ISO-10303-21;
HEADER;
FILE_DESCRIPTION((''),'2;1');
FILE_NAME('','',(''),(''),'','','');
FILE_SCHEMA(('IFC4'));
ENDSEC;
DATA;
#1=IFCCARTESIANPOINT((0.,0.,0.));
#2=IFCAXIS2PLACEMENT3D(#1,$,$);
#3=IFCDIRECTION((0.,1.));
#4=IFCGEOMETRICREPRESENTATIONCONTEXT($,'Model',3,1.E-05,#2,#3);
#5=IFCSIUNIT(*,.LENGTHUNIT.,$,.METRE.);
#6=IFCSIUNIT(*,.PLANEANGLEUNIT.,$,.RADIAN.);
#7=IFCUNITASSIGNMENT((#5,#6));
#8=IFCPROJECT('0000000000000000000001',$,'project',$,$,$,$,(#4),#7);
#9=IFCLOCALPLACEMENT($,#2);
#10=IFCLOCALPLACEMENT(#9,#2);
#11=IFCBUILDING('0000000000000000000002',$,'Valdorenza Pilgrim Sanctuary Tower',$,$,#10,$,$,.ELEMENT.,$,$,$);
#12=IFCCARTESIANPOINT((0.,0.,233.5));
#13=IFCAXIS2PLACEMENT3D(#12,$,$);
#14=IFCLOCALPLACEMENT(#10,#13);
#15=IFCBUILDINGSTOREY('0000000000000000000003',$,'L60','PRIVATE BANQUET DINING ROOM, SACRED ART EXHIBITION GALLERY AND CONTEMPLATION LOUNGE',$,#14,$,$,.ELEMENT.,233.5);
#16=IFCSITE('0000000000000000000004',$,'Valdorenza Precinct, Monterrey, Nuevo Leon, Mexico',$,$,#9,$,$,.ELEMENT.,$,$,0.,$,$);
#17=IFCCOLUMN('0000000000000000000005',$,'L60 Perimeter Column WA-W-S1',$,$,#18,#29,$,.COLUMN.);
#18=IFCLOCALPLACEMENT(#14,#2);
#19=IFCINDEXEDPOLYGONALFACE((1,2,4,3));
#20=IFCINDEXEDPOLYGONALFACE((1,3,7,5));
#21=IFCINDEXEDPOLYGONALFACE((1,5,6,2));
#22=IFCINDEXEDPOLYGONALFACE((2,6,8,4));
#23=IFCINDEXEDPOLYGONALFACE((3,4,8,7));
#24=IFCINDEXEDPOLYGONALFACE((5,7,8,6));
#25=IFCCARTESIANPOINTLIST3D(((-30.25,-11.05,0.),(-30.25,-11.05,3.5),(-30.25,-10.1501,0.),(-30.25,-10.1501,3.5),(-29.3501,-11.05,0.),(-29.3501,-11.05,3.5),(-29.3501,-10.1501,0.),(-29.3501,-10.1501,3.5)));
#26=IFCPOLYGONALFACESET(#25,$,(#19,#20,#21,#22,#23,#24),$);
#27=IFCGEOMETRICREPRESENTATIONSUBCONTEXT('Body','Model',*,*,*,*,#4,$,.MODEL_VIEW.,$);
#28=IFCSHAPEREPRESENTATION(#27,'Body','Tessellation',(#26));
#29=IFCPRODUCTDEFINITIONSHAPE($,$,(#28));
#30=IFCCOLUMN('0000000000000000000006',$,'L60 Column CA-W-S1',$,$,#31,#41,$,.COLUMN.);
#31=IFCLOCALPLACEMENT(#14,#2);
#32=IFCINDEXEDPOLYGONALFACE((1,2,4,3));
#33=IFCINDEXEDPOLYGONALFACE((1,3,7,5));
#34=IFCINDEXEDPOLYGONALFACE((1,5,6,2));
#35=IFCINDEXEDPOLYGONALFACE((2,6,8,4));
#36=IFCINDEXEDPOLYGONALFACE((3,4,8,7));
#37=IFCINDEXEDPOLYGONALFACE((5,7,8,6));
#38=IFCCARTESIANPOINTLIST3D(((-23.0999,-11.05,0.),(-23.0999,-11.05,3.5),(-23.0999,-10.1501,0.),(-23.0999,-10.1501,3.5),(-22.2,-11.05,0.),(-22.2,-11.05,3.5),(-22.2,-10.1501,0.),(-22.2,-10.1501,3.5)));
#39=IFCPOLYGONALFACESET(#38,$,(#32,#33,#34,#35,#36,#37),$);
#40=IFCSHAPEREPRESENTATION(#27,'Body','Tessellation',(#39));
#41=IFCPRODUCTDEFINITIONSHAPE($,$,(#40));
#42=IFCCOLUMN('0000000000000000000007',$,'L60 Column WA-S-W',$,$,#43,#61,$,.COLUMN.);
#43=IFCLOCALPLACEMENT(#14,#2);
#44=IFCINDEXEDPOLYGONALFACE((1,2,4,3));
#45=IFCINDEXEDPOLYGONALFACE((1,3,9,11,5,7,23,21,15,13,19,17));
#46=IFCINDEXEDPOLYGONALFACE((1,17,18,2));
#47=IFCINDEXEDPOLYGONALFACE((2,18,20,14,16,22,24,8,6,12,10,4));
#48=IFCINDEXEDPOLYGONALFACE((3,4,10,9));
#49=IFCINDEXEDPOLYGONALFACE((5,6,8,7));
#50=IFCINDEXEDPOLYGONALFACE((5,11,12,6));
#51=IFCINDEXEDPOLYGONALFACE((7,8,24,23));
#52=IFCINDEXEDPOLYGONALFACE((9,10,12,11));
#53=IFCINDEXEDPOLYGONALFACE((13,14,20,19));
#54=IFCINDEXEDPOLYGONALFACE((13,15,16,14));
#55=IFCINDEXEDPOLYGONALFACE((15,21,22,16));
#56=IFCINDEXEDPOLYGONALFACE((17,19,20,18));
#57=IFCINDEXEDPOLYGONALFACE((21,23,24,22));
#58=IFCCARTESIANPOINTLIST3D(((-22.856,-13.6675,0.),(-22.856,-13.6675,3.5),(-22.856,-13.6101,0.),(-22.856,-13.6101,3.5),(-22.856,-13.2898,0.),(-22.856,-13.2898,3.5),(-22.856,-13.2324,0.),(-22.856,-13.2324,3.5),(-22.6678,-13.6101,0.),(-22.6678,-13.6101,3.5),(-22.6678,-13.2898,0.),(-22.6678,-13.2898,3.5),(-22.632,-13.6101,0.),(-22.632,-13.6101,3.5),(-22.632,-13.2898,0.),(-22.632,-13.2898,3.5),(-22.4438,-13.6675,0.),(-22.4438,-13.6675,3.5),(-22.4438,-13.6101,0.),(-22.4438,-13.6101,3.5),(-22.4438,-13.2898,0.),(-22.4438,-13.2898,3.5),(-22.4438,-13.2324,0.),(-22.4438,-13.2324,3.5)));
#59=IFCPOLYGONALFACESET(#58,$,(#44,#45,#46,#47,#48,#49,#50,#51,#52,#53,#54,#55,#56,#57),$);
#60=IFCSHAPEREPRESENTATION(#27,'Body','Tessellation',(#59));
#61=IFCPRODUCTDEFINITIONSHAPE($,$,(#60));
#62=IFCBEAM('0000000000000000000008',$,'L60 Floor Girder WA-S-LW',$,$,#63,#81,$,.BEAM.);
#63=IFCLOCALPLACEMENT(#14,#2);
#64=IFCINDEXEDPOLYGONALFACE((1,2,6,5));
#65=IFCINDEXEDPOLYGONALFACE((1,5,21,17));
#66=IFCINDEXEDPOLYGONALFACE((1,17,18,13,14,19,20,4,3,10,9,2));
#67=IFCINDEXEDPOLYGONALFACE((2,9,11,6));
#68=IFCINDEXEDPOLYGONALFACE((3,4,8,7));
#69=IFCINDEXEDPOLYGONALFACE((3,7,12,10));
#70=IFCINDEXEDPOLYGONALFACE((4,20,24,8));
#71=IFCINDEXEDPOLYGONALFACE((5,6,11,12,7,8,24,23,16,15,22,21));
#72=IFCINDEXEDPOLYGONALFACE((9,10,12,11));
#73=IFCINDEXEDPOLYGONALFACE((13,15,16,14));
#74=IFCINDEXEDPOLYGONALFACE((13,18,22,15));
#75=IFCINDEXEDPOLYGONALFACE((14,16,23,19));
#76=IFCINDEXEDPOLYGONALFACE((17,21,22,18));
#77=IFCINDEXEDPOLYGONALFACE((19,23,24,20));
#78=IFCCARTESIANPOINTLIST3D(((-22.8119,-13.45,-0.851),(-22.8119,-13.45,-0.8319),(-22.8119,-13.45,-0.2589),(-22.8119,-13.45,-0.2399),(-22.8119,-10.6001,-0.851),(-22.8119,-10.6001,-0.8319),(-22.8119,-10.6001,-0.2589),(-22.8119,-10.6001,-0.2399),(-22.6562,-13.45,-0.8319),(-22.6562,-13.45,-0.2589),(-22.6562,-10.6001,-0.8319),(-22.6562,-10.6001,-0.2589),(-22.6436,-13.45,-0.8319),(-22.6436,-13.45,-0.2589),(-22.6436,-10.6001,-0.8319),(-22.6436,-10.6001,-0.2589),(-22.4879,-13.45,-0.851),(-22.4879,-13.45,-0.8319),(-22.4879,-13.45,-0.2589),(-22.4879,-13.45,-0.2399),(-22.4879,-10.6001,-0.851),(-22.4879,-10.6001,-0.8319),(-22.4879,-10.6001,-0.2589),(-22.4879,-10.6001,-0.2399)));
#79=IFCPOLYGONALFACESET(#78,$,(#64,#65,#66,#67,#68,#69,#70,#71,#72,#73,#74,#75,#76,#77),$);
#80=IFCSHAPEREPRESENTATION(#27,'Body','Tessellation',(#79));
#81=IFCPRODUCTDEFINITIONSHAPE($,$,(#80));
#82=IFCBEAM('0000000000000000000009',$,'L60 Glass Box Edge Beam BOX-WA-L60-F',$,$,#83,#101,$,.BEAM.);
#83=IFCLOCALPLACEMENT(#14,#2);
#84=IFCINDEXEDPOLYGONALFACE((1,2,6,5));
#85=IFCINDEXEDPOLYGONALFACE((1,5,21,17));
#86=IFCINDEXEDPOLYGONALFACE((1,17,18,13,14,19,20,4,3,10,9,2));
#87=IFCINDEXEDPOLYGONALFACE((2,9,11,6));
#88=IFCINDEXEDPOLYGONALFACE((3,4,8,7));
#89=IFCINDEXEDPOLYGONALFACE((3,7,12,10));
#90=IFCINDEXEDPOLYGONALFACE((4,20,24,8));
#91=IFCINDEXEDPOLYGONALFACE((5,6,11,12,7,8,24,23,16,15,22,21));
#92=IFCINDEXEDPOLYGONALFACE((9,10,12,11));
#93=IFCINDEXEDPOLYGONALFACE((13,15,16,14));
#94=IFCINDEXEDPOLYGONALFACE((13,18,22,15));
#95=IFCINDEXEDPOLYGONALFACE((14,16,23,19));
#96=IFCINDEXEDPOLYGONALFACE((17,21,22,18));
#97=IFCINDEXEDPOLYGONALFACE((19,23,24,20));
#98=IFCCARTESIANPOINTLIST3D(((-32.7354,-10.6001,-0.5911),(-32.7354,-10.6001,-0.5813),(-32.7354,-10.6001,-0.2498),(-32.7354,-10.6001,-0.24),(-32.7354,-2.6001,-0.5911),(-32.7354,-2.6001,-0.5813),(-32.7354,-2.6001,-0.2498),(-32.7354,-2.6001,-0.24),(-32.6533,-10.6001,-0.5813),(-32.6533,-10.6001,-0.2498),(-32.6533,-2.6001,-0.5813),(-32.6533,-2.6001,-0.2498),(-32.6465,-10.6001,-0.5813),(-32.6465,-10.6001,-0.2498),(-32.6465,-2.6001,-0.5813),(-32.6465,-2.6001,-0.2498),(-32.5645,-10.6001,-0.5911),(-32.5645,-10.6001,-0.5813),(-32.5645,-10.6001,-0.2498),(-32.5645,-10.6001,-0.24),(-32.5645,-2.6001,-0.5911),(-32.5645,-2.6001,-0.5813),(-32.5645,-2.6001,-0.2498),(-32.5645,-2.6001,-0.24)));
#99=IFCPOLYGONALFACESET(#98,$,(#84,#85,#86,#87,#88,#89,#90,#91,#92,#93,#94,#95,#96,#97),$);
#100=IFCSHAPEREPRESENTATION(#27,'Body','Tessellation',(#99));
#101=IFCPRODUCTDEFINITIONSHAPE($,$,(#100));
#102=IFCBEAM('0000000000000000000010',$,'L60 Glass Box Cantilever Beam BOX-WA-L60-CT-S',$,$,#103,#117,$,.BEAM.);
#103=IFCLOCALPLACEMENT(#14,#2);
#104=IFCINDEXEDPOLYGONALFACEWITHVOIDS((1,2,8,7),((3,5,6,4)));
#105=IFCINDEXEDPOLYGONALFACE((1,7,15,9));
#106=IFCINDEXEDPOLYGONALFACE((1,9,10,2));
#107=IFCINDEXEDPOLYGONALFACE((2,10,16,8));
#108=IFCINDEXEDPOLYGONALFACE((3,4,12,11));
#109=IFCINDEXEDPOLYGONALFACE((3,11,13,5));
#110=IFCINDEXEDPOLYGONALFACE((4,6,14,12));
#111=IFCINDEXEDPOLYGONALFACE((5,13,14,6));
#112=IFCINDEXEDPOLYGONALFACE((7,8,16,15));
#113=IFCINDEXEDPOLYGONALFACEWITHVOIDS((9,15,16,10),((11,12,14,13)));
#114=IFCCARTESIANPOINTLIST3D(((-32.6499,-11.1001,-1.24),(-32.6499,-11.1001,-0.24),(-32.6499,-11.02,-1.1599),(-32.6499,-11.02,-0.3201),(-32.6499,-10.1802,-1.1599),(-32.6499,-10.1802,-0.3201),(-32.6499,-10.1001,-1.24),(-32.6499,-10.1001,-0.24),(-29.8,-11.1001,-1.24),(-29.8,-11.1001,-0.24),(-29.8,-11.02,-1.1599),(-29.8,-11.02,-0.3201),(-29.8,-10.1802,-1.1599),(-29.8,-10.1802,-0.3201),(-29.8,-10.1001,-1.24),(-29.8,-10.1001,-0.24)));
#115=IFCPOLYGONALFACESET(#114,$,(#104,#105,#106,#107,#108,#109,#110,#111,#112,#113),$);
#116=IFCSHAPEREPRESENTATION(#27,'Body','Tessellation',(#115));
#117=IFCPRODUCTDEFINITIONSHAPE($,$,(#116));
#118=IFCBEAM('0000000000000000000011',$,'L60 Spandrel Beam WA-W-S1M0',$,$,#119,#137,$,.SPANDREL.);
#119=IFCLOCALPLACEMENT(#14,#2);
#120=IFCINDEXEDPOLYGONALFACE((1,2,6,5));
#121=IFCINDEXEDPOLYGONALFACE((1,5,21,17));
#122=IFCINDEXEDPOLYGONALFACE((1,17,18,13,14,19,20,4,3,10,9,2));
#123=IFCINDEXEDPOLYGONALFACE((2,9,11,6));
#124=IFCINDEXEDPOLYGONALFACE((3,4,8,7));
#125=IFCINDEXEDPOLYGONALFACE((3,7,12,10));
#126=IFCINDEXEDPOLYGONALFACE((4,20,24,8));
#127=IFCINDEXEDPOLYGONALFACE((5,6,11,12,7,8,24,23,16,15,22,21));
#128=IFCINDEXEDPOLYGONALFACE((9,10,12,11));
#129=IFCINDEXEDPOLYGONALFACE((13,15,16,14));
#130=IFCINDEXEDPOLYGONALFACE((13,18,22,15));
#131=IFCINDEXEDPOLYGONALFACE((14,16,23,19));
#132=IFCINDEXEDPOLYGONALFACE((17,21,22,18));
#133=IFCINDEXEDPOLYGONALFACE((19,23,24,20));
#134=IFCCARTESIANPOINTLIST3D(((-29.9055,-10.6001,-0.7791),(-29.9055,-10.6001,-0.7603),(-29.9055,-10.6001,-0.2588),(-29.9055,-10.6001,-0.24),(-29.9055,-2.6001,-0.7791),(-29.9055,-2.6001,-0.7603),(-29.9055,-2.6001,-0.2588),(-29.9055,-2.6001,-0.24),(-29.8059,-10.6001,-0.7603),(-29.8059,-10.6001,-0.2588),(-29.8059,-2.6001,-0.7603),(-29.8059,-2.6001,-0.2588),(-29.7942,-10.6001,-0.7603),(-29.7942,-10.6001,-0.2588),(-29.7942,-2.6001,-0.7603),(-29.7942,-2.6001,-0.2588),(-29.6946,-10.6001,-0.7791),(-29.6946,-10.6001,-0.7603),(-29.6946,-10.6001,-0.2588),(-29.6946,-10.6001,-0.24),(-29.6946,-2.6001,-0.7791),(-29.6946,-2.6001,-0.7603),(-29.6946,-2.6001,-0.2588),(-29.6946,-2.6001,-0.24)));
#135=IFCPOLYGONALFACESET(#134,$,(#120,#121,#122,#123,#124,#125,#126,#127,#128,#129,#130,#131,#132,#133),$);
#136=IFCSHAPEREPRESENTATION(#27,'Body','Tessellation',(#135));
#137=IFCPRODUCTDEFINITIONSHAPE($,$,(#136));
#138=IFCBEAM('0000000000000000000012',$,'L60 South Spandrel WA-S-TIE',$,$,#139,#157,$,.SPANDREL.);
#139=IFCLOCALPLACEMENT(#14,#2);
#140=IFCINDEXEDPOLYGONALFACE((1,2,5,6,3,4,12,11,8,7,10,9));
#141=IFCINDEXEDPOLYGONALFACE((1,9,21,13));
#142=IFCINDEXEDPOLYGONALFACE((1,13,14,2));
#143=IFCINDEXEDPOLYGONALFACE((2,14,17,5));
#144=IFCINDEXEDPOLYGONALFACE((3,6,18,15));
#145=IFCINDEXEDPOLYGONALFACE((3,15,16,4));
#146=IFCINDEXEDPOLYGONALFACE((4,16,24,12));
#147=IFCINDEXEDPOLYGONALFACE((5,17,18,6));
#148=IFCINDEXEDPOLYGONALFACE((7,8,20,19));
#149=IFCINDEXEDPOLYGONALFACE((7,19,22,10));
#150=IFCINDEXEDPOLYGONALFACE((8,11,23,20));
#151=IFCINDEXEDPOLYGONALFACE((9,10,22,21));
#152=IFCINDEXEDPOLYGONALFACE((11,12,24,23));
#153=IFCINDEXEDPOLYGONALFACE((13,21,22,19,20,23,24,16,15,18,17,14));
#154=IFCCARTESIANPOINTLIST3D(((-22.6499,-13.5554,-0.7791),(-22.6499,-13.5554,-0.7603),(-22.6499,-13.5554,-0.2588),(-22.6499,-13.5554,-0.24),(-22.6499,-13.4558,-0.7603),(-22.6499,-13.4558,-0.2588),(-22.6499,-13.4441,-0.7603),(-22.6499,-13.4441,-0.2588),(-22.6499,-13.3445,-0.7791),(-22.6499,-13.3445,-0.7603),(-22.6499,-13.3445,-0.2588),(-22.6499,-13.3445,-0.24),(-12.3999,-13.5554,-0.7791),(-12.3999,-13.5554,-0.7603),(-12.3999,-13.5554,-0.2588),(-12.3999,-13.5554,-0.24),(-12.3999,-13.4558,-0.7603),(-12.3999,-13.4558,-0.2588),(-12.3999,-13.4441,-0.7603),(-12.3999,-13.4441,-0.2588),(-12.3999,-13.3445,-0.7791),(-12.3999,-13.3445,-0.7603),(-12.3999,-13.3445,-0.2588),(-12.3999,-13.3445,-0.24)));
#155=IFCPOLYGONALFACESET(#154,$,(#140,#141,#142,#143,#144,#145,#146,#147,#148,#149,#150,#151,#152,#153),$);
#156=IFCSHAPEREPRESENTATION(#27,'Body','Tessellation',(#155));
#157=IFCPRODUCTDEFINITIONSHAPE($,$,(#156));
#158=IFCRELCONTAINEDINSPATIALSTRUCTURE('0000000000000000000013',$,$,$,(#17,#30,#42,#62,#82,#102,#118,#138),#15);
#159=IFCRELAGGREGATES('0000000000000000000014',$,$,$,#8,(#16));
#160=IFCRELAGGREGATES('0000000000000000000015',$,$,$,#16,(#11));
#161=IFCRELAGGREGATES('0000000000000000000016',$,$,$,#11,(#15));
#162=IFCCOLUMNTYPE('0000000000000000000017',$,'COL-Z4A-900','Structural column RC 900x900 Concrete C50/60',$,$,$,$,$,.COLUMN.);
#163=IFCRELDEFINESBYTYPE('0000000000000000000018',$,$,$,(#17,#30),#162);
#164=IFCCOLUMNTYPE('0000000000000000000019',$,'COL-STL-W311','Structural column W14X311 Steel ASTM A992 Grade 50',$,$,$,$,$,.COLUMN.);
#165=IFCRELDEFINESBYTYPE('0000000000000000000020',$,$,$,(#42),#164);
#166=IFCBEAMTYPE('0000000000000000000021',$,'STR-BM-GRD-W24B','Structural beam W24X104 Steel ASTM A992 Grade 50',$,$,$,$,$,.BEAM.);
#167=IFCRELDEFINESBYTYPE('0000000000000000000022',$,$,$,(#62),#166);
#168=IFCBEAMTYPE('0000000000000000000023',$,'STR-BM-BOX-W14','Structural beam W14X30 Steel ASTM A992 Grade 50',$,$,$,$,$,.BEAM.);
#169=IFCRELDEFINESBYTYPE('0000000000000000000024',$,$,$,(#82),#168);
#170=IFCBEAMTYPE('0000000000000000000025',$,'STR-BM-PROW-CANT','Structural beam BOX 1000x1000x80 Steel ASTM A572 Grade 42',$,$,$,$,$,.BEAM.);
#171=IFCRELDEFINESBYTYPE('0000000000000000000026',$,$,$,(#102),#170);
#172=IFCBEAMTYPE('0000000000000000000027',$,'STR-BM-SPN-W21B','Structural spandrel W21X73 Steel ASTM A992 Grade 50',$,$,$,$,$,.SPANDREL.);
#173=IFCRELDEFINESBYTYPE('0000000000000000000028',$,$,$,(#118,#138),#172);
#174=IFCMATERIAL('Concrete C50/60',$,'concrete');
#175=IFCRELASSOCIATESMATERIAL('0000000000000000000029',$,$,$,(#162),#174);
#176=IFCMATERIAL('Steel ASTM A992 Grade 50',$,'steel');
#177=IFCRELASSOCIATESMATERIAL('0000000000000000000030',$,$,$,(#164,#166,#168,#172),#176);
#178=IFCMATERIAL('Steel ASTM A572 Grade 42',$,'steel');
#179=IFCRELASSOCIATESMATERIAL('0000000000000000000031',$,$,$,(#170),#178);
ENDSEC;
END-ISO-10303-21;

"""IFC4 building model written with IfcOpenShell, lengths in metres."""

from ifc_helpers import new_model, si_unit, direction, frame, origin, origin_2d, place, context, subcontext, project, spatial, rectangle, hollow_rectangle, i_section, extrude, source, transform, mapped, material, material_profile, profile_set, type_object, element, save


model = new_model("IFC4")

# Units and contexts
model_context = context("Model", 3, precision=1e-05, world=origin(), true_north=direction((0.0, 1.0)))
body_context = subcontext(model_context, "Body", "Model", "MODEL_VIEW")
ifc_project = project(units=[si_unit("LENGTHUNIT", "METRE"), si_unit("PLANEANGLEUNIT", "RADIAN")], contexts=[model_context])

# Site, building, storey
site_placement = place(None, origin())
site = spatial("IfcSite", under=ifc_project, at=site_placement, Name="Valdorenza Precinct, Monterrey, Nuevo Leon, Mexico", CompositionType="ELEMENT", RefElevation=0.0)
building_placement = place(site_placement, origin())
building = spatial("IfcBuilding", under=site, at=building_placement, Name="Valdorenza Pilgrim Sanctuary Tower", CompositionType="ELEMENT")
storey_placement = place(building_placement, frame((0.0, 0.0, 233.5)))
storey = spatial("IfcBuildingStorey", under=building, at=storey_placement, Name="L60", Description="PRIVATE BANQUET DINING ROOM, SACRED ART EXHIBITION GALLERY AND CONTEMPLATION LOUNGE", CompositionType="ELEMENT", Elevation=233.5)

# Columns
ifc_material_1 = material(Name="Concrete C50/60", Category="concrete")
ifc_material_profile_1 = material_profile(ifc_material_1, rectangle(XDim=0.8999, YDim=0.8999, at=origin_2d()), Name="RC 900x900")
ifc_profile_set_1 = profile_set([ifc_material_profile_1], Name="Concrete C50/60")
column_type_1 = type_object("IfcColumnType", Name="COL-Z4A-900", Description="Structural column RC 900x900 Concrete C50/60", PredefinedType="COLUMN", material=ifc_profile_set_1)
shared_shape_1 = source(origin(), body_context, "Body", "SweptSolid", [
    extrude(rectangle(XDim=0.8999, YDim=0.8999, at=origin_2d()), origin(), (0.0, 0.0, 1.0), 3.5),
])
for number, where, z_axis, x_axis, name in (
    (1, (-29.8, -10.6001, 0.0), (0.0, 0.0, 1.0), (1.0, 0.0, 0.0), "L60 Perimeter Column WA-W-S1"),
    (2, (-22.6499, -10.6001, 0.0), (0.0, 0.0, 1.0), (1.0, 0.0, 0.0), "L60 Column CA-W-S1"),
):
    element("IfcColumn", number, at=place(storey_placement, frame(where, z_axis=z_axis, x_axis=x_axis)), inside=storey, type_object=column_type_1, Name=name, PredefinedType="COLUMN", context=body_context, shape_type="MappedRepresentation", body=[
        mapped(shared_shape_1, transform((0.0, 0.0, 0.0), x_axis=(1.0, 0.0, 0.0), y_axis=(0.0, 1.0, 0.0), z_axis=(0.0, 0.0, 1.0), scale=1.0)),
    ])
ifc_material_2 = material(Name="Steel ASTM A992 Grade 50", Category="steel")
ifc_material_profile_2 = material_profile(ifc_material_2, i_section(OverallWidth=0.4121, OverallDepth=0.4351, WebThickness=0.0359, FlangeThickness=0.0574, at=origin_2d()), Name="W14X311")
ifc_profile_set_2 = profile_set([ifc_material_profile_2], Name="Steel ASTM A992 Grade 50")
column_type_2 = type_object("IfcColumnType", Name="COL-STL-W311", Description="Structural column W14X311 Steel ASTM A992 Grade 50", PredefinedType="COLUMN", material=ifc_profile_set_2)
shared_shape_2 = source(origin(), body_context, "Body", "SweptSolid", [
    extrude(i_section(OverallWidth=0.4121, OverallDepth=0.4351, WebThickness=0.0359, FlangeThickness=0.0574, at=origin_2d()), origin(), (0.0, 0.0, 1.0), 3.5),
])
column_placement = place(storey_placement, frame((-22.6499, -13.45, 0.0), z_axis=(0.0, 0.0, 1.0), x_axis=(1.0, 0.0, 0.0)))
element("IfcColumn", 3, at=column_placement, inside=storey, type_object=column_type_2, Name="L60 Column WA-S-W", PredefinedType="COLUMN", context=body_context, shape_type="MappedRepresentation", body=[
    mapped(shared_shape_2, transform((0.0, 0.0, 0.0), x_axis=(1.0, 0.0, 0.0), y_axis=(0.0, 1.0, 0.0), z_axis=(0.0, 0.0, 1.0), scale=1.0)),
])

# Beams
ifc_material_profile_3 = material_profile(ifc_material_2, i_section(OverallWidth=0.324, OverallDepth=0.6111, WebThickness=0.0127, FlangeThickness=0.019, at=origin_2d()), Name="W24X104")
ifc_profile_set_3 = profile_set([ifc_material_profile_3], Name="Steel ASTM A992 Grade 50")
beam_type_1 = type_object("IfcBeamType", Name="STR-BM-GRD-W24B", Description="Structural beam W24X104 Steel ASTM A992 Grade 50", PredefinedType="BEAM", material=ifc_profile_set_3)
shared_shape_3 = source(origin(), body_context, "Body", "SweptSolid", [
    extrude(i_section(OverallWidth=0.324, OverallDepth=0.6111, WebThickness=0.0127, FlangeThickness=0.019, at=origin_2d()), origin(), (0.0, 0.0, 1.0), 2.8499),
])
beam_1_placement = place(storey_placement, frame((-22.6499, -13.45, -0.5454), z_axis=(0.0, 1.0, 0.0), x_axis=(-1.0, 0.0, 0.0)))
element("IfcBeam", 4, at=beam_1_placement, inside=storey, type_object=beam_type_1, Name="L60 Floor Girder WA-S-LW", PredefinedType="BEAM", context=body_context, shape_type="MappedRepresentation", body=[
    mapped(shared_shape_3, transform((0.0, 0.0, 0.0), x_axis=(1.0, 0.0, 0.0), y_axis=(0.0, 1.0, 0.0), z_axis=(0.0, 0.0, 1.0), scale=1.0)),
])
ifc_material_profile_4 = material_profile(ifc_material_2, i_section(OverallWidth=0.1709, OverallDepth=0.3511, WebThickness=0.0068, FlangeThickness=0.0098, at=origin_2d()), Name="W14X30")
ifc_profile_set_4 = profile_set([ifc_material_profile_4], Name="Steel ASTM A992 Grade 50")
beam_type_2 = type_object("IfcBeamType", Name="STR-BM-BOX-W14", Description="Structural beam W14X30 Steel ASTM A992 Grade 50", PredefinedType="BEAM", material=ifc_profile_set_4)
shared_shape_4 = source(origin(), body_context, "Body", "SweptSolid", [
    extrude(i_section(OverallWidth=0.1709, OverallDepth=0.3511, WebThickness=0.0068, FlangeThickness=0.0098, at=origin_2d()), origin(), (0.0, 0.0, 1.0), 8.0),
])
beam_2_placement = place(storey_placement, frame((-32.6499, -10.6001, -0.4155), z_axis=(0.0, 1.0, 0.0), x_axis=(-1.0, 0.0, 0.0)))
element("IfcBeam", 5, at=beam_2_placement, inside=storey, type_object=beam_type_2, Name="L60 Glass Box Edge Beam BOX-WA-L60-F", PredefinedType="BEAM", context=body_context, shape_type="MappedRepresentation", body=[
    mapped(shared_shape_4, transform((0.0, 0.0, 0.0), x_axis=(1.0, 0.0, 0.0), y_axis=(0.0, 1.0, 0.0), z_axis=(0.0, 0.0, 1.0), scale=1.0)),
])
ifc_material_3 = material(Name="Steel ASTM A572 Grade 42", Category="steel")
ifc_material_profile_5 = material_profile(ifc_material_3, hollow_rectangle(XDim=1.0, YDim=1.0, WallThickness=0.0801, at=origin_2d()), Name="BOX 1000x1000x80")
ifc_profile_set_5 = profile_set([ifc_material_profile_5], Name="Steel ASTM A572 Grade 42")
beam_type_3 = type_object("IfcBeamType", Name="STR-BM-PROW-CANT", Description="Structural beam BOX 1000x1000x80 Steel ASTM A572 Grade 42", PredefinedType="BEAM", material=ifc_profile_set_5)
shared_shape_5 = source(origin(), body_context, "Body", "SweptSolid", [
    extrude(hollow_rectangle(XDim=1.0, YDim=1.0, WallThickness=0.0801, at=origin_2d()), origin(), (0.0, 0.0, 1.0), 2.8499),
])
beam_3_placement = place(storey_placement, frame((-29.8, -10.6001, -0.74), z_axis=(-1.0, 0.0, 0.0), x_axis=(0.0, -1.0, 0.0)))
element("IfcBeam", 6, at=beam_3_placement, inside=storey, type_object=beam_type_3, Name="L60 Glass Box Cantilever Beam BOX-WA-L60-CT-S", PredefinedType="BEAM", context=body_context, shape_type="MappedRepresentation", body=[
    mapped(shared_shape_5, transform((0.0, 0.0, 0.0), x_axis=(1.0, 0.0, 0.0), y_axis=(0.0, 1.0, 0.0), z_axis=(0.0, 0.0, 1.0), scale=1.0)),
])
ifc_material_profile_6 = material_profile(ifc_material_2, i_section(OverallWidth=0.2109, OverallDepth=0.5391, WebThickness=0.0117, FlangeThickness=0.0188, at=origin_2d()), Name="W21X73")
ifc_profile_set_6 = profile_set([ifc_material_profile_6], Name="Steel ASTM A992 Grade 50")
beam_type_4 = type_object("IfcBeamType", Name="STR-BM-SPN-W21B", Description="Structural spandrel W21X73 Steel ASTM A992 Grade 50", PredefinedType="SPANDREL", material=ifc_profile_set_6)
shared_shape_6 = source(origin(), body_context, "Body", "SweptSolid", [
    extrude(i_section(OverallWidth=0.2109, OverallDepth=0.5391, WebThickness=0.0117, FlangeThickness=0.0188, at=origin_2d()), origin(), (0.0, 0.0, 1.0), 8.0),
])
beam_4_placement = place(storey_placement, frame((-29.8, -10.6001, -0.5095), z_axis=(0.0, 1.0, 0.0), x_axis=(-1.0, 0.0, 0.0)))
element("IfcBeam", 7, at=beam_4_placement, inside=storey, type_object=beam_type_4, Name="L60 Spandrel Beam WA-W-S1M0", PredefinedType="SPANDREL", context=body_context, shape_type="MappedRepresentation", body=[
    mapped(shared_shape_6, transform((0.0, 0.0, 0.0), x_axis=(1.0, 0.0, 0.0), y_axis=(0.0, 1.0, 0.0), z_axis=(0.0, 0.0, 1.0), scale=1.0)),
])
shared_shape_7 = source(origin(), body_context, "Body", "SweptSolid", [
    extrude(i_section(OverallWidth=0.2109, OverallDepth=0.5391, WebThickness=0.0117, FlangeThickness=0.0188, at=origin_2d()), origin(), (0.0, 0.0, 1.0), 10.25),
])
beam_5_placement = place(storey_placement, frame((-22.6499, -13.45, -0.5095), z_axis=(1.0, 0.0, 0.0), x_axis=(0.0, 1.0, 0.0)))
element("IfcBeam", 8, at=beam_5_placement, inside=storey, type_object=beam_type_4, Name="L60 South Spandrel WA-S-TIE", PredefinedType="SPANDREL", context=body_context, shape_type="MappedRepresentation", body=[
    mapped(shared_shape_7, transform((0.0, 0.0, 0.0), x_axis=(1.0, 0.0, 0.0), y_axis=(0.0, 1.0, 0.0), z_axis=(0.0, 0.0, 1.0), scale=1.0)),
])

save(model, "model.ifc")
